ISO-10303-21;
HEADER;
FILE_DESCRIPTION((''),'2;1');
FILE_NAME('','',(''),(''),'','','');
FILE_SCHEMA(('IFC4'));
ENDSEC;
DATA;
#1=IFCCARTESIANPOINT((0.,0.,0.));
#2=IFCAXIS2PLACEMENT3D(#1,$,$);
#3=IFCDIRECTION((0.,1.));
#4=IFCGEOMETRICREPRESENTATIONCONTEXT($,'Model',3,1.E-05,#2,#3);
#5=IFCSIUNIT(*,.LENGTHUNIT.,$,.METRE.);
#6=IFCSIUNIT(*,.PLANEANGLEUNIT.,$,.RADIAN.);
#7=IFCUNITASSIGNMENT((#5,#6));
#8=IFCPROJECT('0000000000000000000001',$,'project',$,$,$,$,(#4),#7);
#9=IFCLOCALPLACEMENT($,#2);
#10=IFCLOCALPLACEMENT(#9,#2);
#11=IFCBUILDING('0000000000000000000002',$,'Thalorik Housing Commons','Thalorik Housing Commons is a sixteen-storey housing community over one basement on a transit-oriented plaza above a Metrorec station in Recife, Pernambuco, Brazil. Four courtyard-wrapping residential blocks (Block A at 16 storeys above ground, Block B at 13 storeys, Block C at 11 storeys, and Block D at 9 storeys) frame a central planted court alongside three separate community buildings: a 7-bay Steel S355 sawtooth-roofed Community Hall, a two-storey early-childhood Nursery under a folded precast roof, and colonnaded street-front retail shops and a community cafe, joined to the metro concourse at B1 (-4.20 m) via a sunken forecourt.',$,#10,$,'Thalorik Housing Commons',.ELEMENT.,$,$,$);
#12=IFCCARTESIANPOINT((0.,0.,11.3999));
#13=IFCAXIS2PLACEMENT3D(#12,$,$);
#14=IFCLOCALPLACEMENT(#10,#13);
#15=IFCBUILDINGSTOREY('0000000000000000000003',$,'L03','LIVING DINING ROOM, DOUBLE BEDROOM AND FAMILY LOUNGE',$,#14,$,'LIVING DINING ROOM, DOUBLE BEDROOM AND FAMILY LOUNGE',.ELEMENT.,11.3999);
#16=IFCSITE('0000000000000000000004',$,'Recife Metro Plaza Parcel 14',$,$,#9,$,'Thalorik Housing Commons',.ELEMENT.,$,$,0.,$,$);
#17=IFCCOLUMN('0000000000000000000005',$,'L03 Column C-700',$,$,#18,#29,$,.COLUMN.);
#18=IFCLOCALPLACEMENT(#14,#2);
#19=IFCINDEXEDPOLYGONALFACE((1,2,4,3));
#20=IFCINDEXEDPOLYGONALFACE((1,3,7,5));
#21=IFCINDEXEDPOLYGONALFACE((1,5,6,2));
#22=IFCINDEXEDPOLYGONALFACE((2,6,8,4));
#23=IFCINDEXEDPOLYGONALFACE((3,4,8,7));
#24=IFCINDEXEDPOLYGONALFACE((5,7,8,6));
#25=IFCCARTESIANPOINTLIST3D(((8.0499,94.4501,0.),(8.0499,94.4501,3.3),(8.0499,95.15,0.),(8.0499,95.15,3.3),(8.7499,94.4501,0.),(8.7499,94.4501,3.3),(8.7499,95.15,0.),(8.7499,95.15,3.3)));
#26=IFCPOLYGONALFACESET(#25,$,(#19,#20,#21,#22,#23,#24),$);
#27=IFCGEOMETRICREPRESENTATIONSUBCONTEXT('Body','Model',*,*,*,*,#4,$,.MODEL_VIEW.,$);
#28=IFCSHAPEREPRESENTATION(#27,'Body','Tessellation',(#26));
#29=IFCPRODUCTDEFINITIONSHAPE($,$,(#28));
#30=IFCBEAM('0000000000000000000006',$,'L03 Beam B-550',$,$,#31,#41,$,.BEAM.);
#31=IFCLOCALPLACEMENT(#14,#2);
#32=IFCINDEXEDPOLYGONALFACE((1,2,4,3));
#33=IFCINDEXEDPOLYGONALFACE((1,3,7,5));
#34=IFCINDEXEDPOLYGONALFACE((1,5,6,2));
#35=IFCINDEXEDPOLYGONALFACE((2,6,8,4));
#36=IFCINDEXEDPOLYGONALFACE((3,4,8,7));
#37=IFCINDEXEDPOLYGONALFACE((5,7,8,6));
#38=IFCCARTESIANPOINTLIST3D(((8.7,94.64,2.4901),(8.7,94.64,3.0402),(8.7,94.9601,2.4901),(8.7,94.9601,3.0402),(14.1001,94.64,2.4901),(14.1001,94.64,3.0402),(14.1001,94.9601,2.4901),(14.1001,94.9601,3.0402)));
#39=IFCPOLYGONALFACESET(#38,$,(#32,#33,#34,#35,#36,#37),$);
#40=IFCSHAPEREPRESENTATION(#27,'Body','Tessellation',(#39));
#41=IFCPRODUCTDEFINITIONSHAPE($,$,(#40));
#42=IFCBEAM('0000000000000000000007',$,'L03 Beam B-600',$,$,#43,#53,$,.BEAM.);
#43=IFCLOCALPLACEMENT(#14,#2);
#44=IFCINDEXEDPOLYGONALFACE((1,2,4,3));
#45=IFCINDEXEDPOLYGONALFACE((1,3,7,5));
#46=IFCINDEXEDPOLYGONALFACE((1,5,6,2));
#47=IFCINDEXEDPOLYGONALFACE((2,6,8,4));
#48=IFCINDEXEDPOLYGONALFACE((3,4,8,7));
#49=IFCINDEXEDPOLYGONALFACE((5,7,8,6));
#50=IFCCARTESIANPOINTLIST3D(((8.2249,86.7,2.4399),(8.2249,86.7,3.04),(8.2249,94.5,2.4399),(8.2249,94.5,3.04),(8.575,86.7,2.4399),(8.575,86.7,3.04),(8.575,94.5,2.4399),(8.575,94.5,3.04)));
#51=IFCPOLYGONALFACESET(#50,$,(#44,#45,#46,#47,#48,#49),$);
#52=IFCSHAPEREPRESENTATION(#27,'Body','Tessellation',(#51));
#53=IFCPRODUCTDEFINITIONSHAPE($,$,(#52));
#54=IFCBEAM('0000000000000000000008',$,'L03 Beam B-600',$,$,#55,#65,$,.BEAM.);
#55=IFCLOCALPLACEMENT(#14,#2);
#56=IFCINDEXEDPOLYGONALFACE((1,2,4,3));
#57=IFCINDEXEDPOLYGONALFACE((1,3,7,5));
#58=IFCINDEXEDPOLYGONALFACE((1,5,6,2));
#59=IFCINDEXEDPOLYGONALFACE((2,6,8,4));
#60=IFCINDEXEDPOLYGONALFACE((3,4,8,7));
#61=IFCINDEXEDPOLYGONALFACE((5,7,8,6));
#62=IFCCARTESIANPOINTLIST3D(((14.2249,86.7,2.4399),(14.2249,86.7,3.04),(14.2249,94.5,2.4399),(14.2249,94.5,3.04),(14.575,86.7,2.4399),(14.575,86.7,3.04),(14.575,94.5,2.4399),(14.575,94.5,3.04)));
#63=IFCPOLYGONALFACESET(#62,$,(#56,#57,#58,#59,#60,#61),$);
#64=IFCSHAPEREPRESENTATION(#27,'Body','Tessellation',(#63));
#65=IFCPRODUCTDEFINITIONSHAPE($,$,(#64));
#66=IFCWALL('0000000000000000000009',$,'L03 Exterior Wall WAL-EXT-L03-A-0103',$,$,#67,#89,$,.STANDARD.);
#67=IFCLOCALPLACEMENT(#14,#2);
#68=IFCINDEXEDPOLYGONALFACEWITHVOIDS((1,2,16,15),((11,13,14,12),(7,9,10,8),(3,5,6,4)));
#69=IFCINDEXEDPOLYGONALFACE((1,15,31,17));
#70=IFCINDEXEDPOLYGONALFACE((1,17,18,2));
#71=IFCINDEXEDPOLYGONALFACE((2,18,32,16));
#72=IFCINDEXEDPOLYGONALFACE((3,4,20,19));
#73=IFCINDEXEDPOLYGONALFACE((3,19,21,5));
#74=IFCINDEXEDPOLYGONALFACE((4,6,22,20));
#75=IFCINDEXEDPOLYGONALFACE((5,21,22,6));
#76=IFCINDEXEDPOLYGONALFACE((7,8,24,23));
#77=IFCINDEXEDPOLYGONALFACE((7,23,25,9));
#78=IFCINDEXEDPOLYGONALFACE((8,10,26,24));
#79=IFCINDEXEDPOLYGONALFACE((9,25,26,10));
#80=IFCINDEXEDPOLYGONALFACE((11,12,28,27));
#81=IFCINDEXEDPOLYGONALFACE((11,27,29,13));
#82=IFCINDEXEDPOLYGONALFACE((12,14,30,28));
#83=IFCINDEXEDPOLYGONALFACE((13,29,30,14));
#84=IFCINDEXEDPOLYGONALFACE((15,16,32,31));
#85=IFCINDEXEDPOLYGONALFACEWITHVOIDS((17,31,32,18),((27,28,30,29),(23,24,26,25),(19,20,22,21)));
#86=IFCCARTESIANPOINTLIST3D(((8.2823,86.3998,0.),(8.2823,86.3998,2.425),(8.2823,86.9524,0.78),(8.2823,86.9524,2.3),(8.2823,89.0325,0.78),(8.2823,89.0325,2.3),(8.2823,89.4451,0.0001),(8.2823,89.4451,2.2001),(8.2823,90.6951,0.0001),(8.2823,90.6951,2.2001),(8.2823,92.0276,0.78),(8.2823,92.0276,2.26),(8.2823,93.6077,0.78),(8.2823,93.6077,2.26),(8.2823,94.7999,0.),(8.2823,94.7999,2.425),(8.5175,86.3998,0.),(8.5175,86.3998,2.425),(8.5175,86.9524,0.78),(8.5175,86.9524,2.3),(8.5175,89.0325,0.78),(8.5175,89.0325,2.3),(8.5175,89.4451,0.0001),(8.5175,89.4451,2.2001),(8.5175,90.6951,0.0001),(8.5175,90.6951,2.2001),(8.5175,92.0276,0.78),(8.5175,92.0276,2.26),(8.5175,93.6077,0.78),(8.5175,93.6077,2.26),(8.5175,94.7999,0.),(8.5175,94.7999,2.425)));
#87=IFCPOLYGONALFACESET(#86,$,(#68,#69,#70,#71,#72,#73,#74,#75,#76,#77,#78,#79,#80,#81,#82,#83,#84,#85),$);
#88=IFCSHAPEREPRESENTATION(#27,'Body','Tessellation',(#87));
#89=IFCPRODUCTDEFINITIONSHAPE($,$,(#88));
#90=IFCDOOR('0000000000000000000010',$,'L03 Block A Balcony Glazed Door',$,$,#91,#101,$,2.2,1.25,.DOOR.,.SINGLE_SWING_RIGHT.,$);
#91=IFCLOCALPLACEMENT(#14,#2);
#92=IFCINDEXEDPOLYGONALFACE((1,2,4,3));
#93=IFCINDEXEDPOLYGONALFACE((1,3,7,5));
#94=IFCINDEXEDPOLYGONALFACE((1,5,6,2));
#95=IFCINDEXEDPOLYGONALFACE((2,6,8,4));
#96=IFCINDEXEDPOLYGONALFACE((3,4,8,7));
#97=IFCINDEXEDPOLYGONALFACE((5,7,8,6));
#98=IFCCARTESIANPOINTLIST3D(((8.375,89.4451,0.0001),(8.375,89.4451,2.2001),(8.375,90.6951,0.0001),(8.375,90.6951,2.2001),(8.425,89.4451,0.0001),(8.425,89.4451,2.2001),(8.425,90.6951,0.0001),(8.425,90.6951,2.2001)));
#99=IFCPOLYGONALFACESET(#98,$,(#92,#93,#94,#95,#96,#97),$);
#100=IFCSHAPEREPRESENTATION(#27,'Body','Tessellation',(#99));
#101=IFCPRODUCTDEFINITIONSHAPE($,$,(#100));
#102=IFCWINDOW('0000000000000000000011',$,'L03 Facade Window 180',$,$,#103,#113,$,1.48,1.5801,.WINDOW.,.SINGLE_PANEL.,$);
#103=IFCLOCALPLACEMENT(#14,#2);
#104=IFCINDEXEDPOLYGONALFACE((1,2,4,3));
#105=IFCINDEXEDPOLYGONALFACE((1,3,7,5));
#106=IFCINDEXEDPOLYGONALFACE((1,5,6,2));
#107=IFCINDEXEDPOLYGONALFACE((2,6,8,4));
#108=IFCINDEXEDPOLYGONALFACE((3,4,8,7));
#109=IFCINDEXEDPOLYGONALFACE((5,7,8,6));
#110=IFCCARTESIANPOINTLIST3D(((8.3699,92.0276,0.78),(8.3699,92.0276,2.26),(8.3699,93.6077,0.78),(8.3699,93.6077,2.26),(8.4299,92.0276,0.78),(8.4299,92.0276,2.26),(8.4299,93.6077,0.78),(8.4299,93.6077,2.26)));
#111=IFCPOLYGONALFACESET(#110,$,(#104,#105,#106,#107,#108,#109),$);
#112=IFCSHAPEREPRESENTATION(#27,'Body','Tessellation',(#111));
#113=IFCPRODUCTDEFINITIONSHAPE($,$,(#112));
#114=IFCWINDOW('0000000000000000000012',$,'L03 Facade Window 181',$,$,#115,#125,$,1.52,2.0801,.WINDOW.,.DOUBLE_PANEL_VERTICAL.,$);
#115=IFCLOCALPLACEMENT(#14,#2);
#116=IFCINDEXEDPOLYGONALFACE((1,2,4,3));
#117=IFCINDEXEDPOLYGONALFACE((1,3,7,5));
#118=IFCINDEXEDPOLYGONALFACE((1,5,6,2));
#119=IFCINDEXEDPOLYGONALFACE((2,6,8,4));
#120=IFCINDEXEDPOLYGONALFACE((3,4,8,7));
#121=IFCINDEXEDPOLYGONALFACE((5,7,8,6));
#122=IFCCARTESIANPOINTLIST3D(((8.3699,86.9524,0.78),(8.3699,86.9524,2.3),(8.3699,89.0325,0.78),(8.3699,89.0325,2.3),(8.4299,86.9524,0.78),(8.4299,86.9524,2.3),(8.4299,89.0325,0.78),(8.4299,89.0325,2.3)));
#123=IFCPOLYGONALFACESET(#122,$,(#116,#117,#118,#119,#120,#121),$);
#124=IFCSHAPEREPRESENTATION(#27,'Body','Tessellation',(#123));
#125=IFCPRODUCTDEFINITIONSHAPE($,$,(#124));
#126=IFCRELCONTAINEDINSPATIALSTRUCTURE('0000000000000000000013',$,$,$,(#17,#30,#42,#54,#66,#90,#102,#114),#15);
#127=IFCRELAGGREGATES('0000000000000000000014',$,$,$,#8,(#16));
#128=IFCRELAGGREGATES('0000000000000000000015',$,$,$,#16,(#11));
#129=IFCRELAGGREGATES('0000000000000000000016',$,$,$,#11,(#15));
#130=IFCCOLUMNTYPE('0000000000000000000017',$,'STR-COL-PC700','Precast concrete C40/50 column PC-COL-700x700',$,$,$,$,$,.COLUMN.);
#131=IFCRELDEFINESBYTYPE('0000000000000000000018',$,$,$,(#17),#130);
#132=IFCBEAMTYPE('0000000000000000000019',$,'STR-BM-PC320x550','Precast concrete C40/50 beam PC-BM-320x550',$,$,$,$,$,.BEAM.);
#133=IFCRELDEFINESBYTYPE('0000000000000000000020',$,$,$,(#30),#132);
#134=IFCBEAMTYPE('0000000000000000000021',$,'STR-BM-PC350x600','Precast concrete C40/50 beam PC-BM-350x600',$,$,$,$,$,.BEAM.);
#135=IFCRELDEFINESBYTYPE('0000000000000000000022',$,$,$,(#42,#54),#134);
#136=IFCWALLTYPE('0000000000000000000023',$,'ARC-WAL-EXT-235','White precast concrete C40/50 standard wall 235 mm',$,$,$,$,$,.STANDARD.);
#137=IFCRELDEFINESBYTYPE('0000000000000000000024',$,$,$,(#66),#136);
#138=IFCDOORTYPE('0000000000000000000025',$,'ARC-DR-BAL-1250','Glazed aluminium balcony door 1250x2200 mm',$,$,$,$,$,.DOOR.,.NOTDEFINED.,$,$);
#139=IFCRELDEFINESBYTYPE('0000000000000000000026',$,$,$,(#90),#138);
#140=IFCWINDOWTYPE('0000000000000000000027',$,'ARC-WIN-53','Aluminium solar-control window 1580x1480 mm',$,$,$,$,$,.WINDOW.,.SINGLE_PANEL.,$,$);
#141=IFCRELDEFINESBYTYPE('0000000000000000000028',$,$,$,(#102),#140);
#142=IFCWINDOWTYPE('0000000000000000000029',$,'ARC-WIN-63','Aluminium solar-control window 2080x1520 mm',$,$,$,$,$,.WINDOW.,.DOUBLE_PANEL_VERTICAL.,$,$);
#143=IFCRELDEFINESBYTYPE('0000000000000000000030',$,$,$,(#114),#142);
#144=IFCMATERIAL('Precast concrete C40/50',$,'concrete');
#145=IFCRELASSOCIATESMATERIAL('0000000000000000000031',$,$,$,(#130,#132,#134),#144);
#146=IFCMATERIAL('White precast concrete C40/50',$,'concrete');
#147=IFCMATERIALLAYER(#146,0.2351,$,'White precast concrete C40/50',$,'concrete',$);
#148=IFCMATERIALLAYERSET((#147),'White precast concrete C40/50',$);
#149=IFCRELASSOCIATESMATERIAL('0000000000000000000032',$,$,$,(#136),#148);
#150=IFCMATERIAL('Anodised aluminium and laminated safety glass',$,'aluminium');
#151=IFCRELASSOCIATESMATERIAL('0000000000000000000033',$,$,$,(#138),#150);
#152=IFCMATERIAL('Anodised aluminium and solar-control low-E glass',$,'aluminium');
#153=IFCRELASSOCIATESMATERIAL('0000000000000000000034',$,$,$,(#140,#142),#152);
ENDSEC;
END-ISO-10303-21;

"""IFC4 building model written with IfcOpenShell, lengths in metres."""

from ifc_helpers import new_model, si_unit, direction, frame, frame_2d, origin, origin_2d, place, context, subcontext, project, spatial, rectangle, extrude, material, layer, layer_set, material_profile, profile_set, type_object, element, fill, save


model = new_model("IFC4")

# Units and contexts
model_context = context("Model", 3, precision=1e-05, world=origin(), true_north=direction((0.0, 1.0)))
body_context = subcontext(model_context, "Body", "Model", "MODEL_VIEW")
ifc_project = project(units=[si_unit("LENGTHUNIT", "METRE"), si_unit("PLANEANGLEUNIT", "RADIAN")], contexts=[model_context])

# Site, building, storey
site_placement = place(None, origin())
site = spatial("IfcSite", under=ifc_project, at=site_placement, Name="Recife Metro Plaza Parcel 14", LongName="Thalorik Housing Commons", CompositionType="ELEMENT", RefElevation=0.0)
building_placement = place(site_placement, origin())
building = spatial("IfcBuilding", under=site, at=building_placement, Name="Thalorik Housing Commons", Description="Thalorik Housing Commons is a sixteen-storey housing community over one basement on a transit-oriented plaza above a Metrorec station in Recife, Pernambuco, Brazil. Four courtyard-wrapping residential blocks (Block A at 16 storeys above ground, Block B at 13 storeys, Block C at 11 storeys, and Block D at 9 storeys) frame a central planted court alongside three separate community buildings: a 7-bay Steel S355 sawtooth-roofed Community Hall, a two-storey early-childhood Nursery under a folded precast roof, and colonnaded street-front retail shops and a community cafe, joined to the metro concourse at B1 (-4.20 m) via a sunken forecourt.", LongName="Thalorik Housing Commons", CompositionType="ELEMENT")
storey_placement = place(building_placement, frame((0.0, 0.0, 11.3999)))
storey = spatial("IfcBuildingStorey", under=building, at=storey_placement, Name="L03", Description="LIVING DINING ROOM, DOUBLE BEDROOM AND FAMILY LOUNGE", LongName="LIVING DINING ROOM, DOUBLE BEDROOM AND FAMILY LOUNGE", CompositionType="ELEMENT", Elevation=11.3999)

# Column
ifc_material_1 = material(Name="Precast concrete C40/50", Category="concrete")
ifc_material_profile_1 = material_profile(ifc_material_1, rectangle(XDim=0.7, YDim=0.7, at=origin_2d()), Name="PC 700x700", Category="concrete")
ifc_profile_set_1 = profile_set([ifc_material_profile_1], Name="Precast concrete C40/50")
column_type = type_object("IfcColumnType", Name="STR-COL-PC700", Description="Precast concrete C40/50 column PC-COL-700x700", PredefinedType="COLUMN", material=ifc_profile_set_1)
column_placement = place(storey_placement, frame((8.3999, 94.8, 0.0), z_axis=(0.0, 0.0, 1.0), x_axis=(1.0, 0.0, 0.0)))
element("IfcColumn", 1, at=column_placement, inside=storey, type_object=column_type, Name="L03 Column C-700", PredefinedType="COLUMN", context=body_context, shape_type="SweptSolid", body=[
    extrude(rectangle(XDim=0.7, YDim=0.7, at=origin_2d()), origin(), (0.0, 0.0, 1.0), 3.3),
])

# Beams
ifc_material_profile_2 = material_profile(ifc_material_1, rectangle(XDim=0.3201, YDim=0.55, at=origin_2d()), Name="PC 320x550", Category="concrete")
ifc_profile_set_2 = profile_set([ifc_material_profile_2], Name="Precast concrete C40/50")
beam_type_1 = type_object("IfcBeamType", Name="STR-BM-PC320x550", Description="Precast concrete C40/50 beam PC-BM-320x550", PredefinedType="BEAM", material=ifc_profile_set_2)
beam_placement = place(storey_placement, frame((8.7, 94.8, 2.7651), z_axis=(1.0, 0.0, 0.0), x_axis=(0.0, 1.0, 0.0)))
element("IfcBeam", 2, at=beam_placement, inside=storey, type_object=beam_type_1, Name="L03 Beam B-550", PredefinedType="BEAM", context=body_context, shape_type="SweptSolid", body=[
    extrude(rectangle(XDim=0.3201, YDim=0.55, at=origin_2d()), origin(), (0.0, 0.0, 1.0), 5.4001),
])
ifc_material_profile_3 = material_profile(ifc_material_1, rectangle(XDim=0.3501, YDim=0.6001, at=origin_2d()), Name="PC 350x600", Category="concrete")
ifc_profile_set_3 = profile_set([ifc_material_profile_3], Name="Precast concrete C40/50")
beam_type_2 = type_object("IfcBeamType", Name="STR-BM-PC350x600", Description="Precast concrete C40/50 beam PC-BM-350x600", PredefinedType="BEAM", material=ifc_profile_set_3)
for number, where, z_axis, x_axis, name in (
    (3, (8.3999, 86.7, 2.74), (0.0, 1.0, 0.0), (-1.0, 0.0, 0.0), "L03 Beam B-600"),
    (4, (14.3999, 86.7, 2.74), (0.0, 1.0, 0.0), (-1.0, 0.0, 0.0), "L03 Beam B-600"),
):
    element("IfcBeam", number, at=place(storey_placement, frame(where, z_axis=z_axis, x_axis=x_axis)), inside=storey, type_object=beam_type_2, Name=name, PredefinedType="BEAM", context=body_context, shape_type="SweptSolid", body=[
        extrude(rectangle(XDim=0.3501, YDim=0.6001, at=origin_2d()), origin(), (0.0, 0.0, 1.0), 7.8),
    ])

# Wall, openings, door, windows
ifc_material_2 = material(Name="White precast concrete C40/50", Category="concrete")
ifc_layer_1 = layer(ifc_material_2, 0.2351, Name="White precast concrete C40/50", Category="concrete")
ifc_layer_set_1 = layer_set([ifc_layer_1], Name="White precast concrete C40/50")
wall_type_1 = type_object("IfcWallType", Name="ARC-WAL-EXT-235", Description="White precast concrete C40/50 standard wall 235 mm", PredefinedType="STANDARD", material=ifc_layer_set_1)
wall_1_placement = place(storey_placement, frame((8.3999, 94.8, 0.0), z_axis=(0.0, 0.0, 1.0), x_axis=(0.0, -1.0, 0.0)))
wall_1 = element("IfcWall", 5, at=wall_1_placement, inside=storey, type_object=wall_type_1, Name="L03 Exterior Wall WAL-EXT-L03-A-0103", PredefinedType="STANDARD", context=body_context, shape_type="SweptSolid", body=[
    extrude(rectangle(XDim=8.4001, YDim=0.2351, at=frame_2d((4.2002, 0.0))), origin(), (0.0, 0.0, 1.0), 2.425),
])
opening_1_placement = place(wall_1_placement, frame((4.105, 0.0, 0.0)))
opening_1 = element("IfcOpeningElement", 6, at=opening_1_placement, cuts=wall_1, PredefinedType="OPENING", context=body_context, shape_type="SweptSolid", body=[
    extrude(rectangle(XDim=1.25, YDim=2.2, at=frame_2d((0.625, 1.1001))), frame((0.0, 0.1274, 0.0), z_axis=(0.0, -1.0, 0.0), x_axis=(1.0, 0.0, 0.0)), (0.0, 0.0, 1.0), 0.2551),
])
opening_2_placement = place(wall_1_placement, frame((1.1924, 0.0, 0.78)))
opening_2 = element("IfcOpeningElement", 7, at=opening_2_placement, cuts=wall_1, PredefinedType="OPENING", context=body_context, shape_type="SweptSolid", body=[
    extrude(rectangle(XDim=1.5801, YDim=1.48, at=frame_2d((0.79, 0.74))), frame((0.0, 0.1274, 0.0), z_axis=(0.0, -1.0, 0.0), x_axis=(1.0, 0.0, 0.0)), (0.0, 0.0, 1.0), 0.2551),
])
opening_3_placement = place(wall_1_placement, frame((5.7676, 0.0, 0.78)))
opening_3 = element("IfcOpeningElement", 8, at=opening_3_placement, cuts=wall_1, PredefinedType="OPENING", context=body_context, shape_type="SweptSolid", body=[
    extrude(rectangle(XDim=2.0801, YDim=1.52, at=frame_2d((1.04, 0.76))), frame((0.0, 0.1274, 0.0), z_axis=(0.0, -1.0, 0.0), x_axis=(1.0, 0.0, 0.0)), (0.0, 0.0, 1.0), 0.2551),
])
ifc_material_3 = material(Name="Anodised aluminium and laminated safety glass", Category="aluminium")
door_type_1 = type_object("IfcDoorType", Name="ARC-DR-BAL-1250", Description="Glazed aluminium balcony door 1250x2200 mm", OperationType="NOTDEFINED", PredefinedType="DOOR", material=ifc_material_3)
door_1_placement = place(opening_1_placement, frame((1.25, 0.0, 0.0), z_axis=(0.0, 0.0, 1.0), x_axis=(-1.0, 0.0, 0.0)))
door_1 = element("IfcDoor", 9, at=door_1_placement, inside=storey, type_object=door_type_1, Name="L03 Block A Balcony Glazed Door", OperationType="SINGLE_SWING_RIGHT", OverallHeight=2.2, OverallWidth=1.25, PredefinedType="DOOR", context=body_context, shape_type="SweptSolid", body=[
    extrude(rectangle(XDim=1.25, YDim=2.2, at=frame_2d((0.625, 1.1001))), frame((0.0, 0.0249, 0.0), z_axis=(0.0, -1.0, 0.0), x_axis=(1.0, 0.0, 0.0)), (0.0, 0.0, 1.0), 0.05),
])
fill(opening_1, door_1)
ifc_material_4 = material(Name="Anodised aluminium and solar-control low-E glass", Category="aluminium")
window_type_1 = type_object("IfcWindowType", Name="ARC-WIN-53", Description="Aluminium solar-control window 1580x1480 mm", PartitioningType="SINGLE_PANEL", PredefinedType="WINDOW", material=ifc_material_4)
window_1_placement = place(opening_2_placement, origin())
window_1 = element("IfcWindow", 10, at=window_1_placement, inside=storey, type_object=window_type_1, Name="L03 Facade Window 180", OverallHeight=1.48, OverallWidth=1.5801, PartitioningType="SINGLE_PANEL", PredefinedType="WINDOW", context=body_context, shape_type="SweptSolid", body=[
    extrude(rectangle(XDim=1.5801, YDim=1.48, at=frame_2d((0.79, 0.74))), frame((0.0, 0.03, 0.0), z_axis=(0.0, -1.0, 0.0), x_axis=(1.0, 0.0, 0.0)), (0.0, 0.0, 1.0), 0.0601),
])
fill(opening_2, window_1)
window_type_2 = type_object("IfcWindowType", Name="ARC-WIN-63", Description="Aluminium solar-control window 2080x1520 mm", PartitioningType="DOUBLE_PANEL_VERTICAL", PredefinedType="WINDOW", material=ifc_material_4)
window_2_placement = place(opening_3_placement, origin())
window_2 = element("IfcWindow", 11, at=window_2_placement, inside=storey, type_object=window_type_2, Name="L03 Facade Window 181", OverallHeight=1.52, OverallWidth=2.0801, PartitioningType="DOUBLE_PANEL_VERTICAL", PredefinedType="WINDOW", context=body_context, shape_type="SweptSolid", body=[
    extrude(rectangle(XDim=2.0801, YDim=1.52, at=frame_2d((1.04, 0.76))), frame((0.0, 0.03, 0.0), z_axis=(0.0, -1.0, 0.0), x_axis=(1.0, 0.0, 0.0)), (0.0, 0.0, 1.0), 0.0601),
])
fill(opening_3, window_2)

save(model, "model.ifc")
